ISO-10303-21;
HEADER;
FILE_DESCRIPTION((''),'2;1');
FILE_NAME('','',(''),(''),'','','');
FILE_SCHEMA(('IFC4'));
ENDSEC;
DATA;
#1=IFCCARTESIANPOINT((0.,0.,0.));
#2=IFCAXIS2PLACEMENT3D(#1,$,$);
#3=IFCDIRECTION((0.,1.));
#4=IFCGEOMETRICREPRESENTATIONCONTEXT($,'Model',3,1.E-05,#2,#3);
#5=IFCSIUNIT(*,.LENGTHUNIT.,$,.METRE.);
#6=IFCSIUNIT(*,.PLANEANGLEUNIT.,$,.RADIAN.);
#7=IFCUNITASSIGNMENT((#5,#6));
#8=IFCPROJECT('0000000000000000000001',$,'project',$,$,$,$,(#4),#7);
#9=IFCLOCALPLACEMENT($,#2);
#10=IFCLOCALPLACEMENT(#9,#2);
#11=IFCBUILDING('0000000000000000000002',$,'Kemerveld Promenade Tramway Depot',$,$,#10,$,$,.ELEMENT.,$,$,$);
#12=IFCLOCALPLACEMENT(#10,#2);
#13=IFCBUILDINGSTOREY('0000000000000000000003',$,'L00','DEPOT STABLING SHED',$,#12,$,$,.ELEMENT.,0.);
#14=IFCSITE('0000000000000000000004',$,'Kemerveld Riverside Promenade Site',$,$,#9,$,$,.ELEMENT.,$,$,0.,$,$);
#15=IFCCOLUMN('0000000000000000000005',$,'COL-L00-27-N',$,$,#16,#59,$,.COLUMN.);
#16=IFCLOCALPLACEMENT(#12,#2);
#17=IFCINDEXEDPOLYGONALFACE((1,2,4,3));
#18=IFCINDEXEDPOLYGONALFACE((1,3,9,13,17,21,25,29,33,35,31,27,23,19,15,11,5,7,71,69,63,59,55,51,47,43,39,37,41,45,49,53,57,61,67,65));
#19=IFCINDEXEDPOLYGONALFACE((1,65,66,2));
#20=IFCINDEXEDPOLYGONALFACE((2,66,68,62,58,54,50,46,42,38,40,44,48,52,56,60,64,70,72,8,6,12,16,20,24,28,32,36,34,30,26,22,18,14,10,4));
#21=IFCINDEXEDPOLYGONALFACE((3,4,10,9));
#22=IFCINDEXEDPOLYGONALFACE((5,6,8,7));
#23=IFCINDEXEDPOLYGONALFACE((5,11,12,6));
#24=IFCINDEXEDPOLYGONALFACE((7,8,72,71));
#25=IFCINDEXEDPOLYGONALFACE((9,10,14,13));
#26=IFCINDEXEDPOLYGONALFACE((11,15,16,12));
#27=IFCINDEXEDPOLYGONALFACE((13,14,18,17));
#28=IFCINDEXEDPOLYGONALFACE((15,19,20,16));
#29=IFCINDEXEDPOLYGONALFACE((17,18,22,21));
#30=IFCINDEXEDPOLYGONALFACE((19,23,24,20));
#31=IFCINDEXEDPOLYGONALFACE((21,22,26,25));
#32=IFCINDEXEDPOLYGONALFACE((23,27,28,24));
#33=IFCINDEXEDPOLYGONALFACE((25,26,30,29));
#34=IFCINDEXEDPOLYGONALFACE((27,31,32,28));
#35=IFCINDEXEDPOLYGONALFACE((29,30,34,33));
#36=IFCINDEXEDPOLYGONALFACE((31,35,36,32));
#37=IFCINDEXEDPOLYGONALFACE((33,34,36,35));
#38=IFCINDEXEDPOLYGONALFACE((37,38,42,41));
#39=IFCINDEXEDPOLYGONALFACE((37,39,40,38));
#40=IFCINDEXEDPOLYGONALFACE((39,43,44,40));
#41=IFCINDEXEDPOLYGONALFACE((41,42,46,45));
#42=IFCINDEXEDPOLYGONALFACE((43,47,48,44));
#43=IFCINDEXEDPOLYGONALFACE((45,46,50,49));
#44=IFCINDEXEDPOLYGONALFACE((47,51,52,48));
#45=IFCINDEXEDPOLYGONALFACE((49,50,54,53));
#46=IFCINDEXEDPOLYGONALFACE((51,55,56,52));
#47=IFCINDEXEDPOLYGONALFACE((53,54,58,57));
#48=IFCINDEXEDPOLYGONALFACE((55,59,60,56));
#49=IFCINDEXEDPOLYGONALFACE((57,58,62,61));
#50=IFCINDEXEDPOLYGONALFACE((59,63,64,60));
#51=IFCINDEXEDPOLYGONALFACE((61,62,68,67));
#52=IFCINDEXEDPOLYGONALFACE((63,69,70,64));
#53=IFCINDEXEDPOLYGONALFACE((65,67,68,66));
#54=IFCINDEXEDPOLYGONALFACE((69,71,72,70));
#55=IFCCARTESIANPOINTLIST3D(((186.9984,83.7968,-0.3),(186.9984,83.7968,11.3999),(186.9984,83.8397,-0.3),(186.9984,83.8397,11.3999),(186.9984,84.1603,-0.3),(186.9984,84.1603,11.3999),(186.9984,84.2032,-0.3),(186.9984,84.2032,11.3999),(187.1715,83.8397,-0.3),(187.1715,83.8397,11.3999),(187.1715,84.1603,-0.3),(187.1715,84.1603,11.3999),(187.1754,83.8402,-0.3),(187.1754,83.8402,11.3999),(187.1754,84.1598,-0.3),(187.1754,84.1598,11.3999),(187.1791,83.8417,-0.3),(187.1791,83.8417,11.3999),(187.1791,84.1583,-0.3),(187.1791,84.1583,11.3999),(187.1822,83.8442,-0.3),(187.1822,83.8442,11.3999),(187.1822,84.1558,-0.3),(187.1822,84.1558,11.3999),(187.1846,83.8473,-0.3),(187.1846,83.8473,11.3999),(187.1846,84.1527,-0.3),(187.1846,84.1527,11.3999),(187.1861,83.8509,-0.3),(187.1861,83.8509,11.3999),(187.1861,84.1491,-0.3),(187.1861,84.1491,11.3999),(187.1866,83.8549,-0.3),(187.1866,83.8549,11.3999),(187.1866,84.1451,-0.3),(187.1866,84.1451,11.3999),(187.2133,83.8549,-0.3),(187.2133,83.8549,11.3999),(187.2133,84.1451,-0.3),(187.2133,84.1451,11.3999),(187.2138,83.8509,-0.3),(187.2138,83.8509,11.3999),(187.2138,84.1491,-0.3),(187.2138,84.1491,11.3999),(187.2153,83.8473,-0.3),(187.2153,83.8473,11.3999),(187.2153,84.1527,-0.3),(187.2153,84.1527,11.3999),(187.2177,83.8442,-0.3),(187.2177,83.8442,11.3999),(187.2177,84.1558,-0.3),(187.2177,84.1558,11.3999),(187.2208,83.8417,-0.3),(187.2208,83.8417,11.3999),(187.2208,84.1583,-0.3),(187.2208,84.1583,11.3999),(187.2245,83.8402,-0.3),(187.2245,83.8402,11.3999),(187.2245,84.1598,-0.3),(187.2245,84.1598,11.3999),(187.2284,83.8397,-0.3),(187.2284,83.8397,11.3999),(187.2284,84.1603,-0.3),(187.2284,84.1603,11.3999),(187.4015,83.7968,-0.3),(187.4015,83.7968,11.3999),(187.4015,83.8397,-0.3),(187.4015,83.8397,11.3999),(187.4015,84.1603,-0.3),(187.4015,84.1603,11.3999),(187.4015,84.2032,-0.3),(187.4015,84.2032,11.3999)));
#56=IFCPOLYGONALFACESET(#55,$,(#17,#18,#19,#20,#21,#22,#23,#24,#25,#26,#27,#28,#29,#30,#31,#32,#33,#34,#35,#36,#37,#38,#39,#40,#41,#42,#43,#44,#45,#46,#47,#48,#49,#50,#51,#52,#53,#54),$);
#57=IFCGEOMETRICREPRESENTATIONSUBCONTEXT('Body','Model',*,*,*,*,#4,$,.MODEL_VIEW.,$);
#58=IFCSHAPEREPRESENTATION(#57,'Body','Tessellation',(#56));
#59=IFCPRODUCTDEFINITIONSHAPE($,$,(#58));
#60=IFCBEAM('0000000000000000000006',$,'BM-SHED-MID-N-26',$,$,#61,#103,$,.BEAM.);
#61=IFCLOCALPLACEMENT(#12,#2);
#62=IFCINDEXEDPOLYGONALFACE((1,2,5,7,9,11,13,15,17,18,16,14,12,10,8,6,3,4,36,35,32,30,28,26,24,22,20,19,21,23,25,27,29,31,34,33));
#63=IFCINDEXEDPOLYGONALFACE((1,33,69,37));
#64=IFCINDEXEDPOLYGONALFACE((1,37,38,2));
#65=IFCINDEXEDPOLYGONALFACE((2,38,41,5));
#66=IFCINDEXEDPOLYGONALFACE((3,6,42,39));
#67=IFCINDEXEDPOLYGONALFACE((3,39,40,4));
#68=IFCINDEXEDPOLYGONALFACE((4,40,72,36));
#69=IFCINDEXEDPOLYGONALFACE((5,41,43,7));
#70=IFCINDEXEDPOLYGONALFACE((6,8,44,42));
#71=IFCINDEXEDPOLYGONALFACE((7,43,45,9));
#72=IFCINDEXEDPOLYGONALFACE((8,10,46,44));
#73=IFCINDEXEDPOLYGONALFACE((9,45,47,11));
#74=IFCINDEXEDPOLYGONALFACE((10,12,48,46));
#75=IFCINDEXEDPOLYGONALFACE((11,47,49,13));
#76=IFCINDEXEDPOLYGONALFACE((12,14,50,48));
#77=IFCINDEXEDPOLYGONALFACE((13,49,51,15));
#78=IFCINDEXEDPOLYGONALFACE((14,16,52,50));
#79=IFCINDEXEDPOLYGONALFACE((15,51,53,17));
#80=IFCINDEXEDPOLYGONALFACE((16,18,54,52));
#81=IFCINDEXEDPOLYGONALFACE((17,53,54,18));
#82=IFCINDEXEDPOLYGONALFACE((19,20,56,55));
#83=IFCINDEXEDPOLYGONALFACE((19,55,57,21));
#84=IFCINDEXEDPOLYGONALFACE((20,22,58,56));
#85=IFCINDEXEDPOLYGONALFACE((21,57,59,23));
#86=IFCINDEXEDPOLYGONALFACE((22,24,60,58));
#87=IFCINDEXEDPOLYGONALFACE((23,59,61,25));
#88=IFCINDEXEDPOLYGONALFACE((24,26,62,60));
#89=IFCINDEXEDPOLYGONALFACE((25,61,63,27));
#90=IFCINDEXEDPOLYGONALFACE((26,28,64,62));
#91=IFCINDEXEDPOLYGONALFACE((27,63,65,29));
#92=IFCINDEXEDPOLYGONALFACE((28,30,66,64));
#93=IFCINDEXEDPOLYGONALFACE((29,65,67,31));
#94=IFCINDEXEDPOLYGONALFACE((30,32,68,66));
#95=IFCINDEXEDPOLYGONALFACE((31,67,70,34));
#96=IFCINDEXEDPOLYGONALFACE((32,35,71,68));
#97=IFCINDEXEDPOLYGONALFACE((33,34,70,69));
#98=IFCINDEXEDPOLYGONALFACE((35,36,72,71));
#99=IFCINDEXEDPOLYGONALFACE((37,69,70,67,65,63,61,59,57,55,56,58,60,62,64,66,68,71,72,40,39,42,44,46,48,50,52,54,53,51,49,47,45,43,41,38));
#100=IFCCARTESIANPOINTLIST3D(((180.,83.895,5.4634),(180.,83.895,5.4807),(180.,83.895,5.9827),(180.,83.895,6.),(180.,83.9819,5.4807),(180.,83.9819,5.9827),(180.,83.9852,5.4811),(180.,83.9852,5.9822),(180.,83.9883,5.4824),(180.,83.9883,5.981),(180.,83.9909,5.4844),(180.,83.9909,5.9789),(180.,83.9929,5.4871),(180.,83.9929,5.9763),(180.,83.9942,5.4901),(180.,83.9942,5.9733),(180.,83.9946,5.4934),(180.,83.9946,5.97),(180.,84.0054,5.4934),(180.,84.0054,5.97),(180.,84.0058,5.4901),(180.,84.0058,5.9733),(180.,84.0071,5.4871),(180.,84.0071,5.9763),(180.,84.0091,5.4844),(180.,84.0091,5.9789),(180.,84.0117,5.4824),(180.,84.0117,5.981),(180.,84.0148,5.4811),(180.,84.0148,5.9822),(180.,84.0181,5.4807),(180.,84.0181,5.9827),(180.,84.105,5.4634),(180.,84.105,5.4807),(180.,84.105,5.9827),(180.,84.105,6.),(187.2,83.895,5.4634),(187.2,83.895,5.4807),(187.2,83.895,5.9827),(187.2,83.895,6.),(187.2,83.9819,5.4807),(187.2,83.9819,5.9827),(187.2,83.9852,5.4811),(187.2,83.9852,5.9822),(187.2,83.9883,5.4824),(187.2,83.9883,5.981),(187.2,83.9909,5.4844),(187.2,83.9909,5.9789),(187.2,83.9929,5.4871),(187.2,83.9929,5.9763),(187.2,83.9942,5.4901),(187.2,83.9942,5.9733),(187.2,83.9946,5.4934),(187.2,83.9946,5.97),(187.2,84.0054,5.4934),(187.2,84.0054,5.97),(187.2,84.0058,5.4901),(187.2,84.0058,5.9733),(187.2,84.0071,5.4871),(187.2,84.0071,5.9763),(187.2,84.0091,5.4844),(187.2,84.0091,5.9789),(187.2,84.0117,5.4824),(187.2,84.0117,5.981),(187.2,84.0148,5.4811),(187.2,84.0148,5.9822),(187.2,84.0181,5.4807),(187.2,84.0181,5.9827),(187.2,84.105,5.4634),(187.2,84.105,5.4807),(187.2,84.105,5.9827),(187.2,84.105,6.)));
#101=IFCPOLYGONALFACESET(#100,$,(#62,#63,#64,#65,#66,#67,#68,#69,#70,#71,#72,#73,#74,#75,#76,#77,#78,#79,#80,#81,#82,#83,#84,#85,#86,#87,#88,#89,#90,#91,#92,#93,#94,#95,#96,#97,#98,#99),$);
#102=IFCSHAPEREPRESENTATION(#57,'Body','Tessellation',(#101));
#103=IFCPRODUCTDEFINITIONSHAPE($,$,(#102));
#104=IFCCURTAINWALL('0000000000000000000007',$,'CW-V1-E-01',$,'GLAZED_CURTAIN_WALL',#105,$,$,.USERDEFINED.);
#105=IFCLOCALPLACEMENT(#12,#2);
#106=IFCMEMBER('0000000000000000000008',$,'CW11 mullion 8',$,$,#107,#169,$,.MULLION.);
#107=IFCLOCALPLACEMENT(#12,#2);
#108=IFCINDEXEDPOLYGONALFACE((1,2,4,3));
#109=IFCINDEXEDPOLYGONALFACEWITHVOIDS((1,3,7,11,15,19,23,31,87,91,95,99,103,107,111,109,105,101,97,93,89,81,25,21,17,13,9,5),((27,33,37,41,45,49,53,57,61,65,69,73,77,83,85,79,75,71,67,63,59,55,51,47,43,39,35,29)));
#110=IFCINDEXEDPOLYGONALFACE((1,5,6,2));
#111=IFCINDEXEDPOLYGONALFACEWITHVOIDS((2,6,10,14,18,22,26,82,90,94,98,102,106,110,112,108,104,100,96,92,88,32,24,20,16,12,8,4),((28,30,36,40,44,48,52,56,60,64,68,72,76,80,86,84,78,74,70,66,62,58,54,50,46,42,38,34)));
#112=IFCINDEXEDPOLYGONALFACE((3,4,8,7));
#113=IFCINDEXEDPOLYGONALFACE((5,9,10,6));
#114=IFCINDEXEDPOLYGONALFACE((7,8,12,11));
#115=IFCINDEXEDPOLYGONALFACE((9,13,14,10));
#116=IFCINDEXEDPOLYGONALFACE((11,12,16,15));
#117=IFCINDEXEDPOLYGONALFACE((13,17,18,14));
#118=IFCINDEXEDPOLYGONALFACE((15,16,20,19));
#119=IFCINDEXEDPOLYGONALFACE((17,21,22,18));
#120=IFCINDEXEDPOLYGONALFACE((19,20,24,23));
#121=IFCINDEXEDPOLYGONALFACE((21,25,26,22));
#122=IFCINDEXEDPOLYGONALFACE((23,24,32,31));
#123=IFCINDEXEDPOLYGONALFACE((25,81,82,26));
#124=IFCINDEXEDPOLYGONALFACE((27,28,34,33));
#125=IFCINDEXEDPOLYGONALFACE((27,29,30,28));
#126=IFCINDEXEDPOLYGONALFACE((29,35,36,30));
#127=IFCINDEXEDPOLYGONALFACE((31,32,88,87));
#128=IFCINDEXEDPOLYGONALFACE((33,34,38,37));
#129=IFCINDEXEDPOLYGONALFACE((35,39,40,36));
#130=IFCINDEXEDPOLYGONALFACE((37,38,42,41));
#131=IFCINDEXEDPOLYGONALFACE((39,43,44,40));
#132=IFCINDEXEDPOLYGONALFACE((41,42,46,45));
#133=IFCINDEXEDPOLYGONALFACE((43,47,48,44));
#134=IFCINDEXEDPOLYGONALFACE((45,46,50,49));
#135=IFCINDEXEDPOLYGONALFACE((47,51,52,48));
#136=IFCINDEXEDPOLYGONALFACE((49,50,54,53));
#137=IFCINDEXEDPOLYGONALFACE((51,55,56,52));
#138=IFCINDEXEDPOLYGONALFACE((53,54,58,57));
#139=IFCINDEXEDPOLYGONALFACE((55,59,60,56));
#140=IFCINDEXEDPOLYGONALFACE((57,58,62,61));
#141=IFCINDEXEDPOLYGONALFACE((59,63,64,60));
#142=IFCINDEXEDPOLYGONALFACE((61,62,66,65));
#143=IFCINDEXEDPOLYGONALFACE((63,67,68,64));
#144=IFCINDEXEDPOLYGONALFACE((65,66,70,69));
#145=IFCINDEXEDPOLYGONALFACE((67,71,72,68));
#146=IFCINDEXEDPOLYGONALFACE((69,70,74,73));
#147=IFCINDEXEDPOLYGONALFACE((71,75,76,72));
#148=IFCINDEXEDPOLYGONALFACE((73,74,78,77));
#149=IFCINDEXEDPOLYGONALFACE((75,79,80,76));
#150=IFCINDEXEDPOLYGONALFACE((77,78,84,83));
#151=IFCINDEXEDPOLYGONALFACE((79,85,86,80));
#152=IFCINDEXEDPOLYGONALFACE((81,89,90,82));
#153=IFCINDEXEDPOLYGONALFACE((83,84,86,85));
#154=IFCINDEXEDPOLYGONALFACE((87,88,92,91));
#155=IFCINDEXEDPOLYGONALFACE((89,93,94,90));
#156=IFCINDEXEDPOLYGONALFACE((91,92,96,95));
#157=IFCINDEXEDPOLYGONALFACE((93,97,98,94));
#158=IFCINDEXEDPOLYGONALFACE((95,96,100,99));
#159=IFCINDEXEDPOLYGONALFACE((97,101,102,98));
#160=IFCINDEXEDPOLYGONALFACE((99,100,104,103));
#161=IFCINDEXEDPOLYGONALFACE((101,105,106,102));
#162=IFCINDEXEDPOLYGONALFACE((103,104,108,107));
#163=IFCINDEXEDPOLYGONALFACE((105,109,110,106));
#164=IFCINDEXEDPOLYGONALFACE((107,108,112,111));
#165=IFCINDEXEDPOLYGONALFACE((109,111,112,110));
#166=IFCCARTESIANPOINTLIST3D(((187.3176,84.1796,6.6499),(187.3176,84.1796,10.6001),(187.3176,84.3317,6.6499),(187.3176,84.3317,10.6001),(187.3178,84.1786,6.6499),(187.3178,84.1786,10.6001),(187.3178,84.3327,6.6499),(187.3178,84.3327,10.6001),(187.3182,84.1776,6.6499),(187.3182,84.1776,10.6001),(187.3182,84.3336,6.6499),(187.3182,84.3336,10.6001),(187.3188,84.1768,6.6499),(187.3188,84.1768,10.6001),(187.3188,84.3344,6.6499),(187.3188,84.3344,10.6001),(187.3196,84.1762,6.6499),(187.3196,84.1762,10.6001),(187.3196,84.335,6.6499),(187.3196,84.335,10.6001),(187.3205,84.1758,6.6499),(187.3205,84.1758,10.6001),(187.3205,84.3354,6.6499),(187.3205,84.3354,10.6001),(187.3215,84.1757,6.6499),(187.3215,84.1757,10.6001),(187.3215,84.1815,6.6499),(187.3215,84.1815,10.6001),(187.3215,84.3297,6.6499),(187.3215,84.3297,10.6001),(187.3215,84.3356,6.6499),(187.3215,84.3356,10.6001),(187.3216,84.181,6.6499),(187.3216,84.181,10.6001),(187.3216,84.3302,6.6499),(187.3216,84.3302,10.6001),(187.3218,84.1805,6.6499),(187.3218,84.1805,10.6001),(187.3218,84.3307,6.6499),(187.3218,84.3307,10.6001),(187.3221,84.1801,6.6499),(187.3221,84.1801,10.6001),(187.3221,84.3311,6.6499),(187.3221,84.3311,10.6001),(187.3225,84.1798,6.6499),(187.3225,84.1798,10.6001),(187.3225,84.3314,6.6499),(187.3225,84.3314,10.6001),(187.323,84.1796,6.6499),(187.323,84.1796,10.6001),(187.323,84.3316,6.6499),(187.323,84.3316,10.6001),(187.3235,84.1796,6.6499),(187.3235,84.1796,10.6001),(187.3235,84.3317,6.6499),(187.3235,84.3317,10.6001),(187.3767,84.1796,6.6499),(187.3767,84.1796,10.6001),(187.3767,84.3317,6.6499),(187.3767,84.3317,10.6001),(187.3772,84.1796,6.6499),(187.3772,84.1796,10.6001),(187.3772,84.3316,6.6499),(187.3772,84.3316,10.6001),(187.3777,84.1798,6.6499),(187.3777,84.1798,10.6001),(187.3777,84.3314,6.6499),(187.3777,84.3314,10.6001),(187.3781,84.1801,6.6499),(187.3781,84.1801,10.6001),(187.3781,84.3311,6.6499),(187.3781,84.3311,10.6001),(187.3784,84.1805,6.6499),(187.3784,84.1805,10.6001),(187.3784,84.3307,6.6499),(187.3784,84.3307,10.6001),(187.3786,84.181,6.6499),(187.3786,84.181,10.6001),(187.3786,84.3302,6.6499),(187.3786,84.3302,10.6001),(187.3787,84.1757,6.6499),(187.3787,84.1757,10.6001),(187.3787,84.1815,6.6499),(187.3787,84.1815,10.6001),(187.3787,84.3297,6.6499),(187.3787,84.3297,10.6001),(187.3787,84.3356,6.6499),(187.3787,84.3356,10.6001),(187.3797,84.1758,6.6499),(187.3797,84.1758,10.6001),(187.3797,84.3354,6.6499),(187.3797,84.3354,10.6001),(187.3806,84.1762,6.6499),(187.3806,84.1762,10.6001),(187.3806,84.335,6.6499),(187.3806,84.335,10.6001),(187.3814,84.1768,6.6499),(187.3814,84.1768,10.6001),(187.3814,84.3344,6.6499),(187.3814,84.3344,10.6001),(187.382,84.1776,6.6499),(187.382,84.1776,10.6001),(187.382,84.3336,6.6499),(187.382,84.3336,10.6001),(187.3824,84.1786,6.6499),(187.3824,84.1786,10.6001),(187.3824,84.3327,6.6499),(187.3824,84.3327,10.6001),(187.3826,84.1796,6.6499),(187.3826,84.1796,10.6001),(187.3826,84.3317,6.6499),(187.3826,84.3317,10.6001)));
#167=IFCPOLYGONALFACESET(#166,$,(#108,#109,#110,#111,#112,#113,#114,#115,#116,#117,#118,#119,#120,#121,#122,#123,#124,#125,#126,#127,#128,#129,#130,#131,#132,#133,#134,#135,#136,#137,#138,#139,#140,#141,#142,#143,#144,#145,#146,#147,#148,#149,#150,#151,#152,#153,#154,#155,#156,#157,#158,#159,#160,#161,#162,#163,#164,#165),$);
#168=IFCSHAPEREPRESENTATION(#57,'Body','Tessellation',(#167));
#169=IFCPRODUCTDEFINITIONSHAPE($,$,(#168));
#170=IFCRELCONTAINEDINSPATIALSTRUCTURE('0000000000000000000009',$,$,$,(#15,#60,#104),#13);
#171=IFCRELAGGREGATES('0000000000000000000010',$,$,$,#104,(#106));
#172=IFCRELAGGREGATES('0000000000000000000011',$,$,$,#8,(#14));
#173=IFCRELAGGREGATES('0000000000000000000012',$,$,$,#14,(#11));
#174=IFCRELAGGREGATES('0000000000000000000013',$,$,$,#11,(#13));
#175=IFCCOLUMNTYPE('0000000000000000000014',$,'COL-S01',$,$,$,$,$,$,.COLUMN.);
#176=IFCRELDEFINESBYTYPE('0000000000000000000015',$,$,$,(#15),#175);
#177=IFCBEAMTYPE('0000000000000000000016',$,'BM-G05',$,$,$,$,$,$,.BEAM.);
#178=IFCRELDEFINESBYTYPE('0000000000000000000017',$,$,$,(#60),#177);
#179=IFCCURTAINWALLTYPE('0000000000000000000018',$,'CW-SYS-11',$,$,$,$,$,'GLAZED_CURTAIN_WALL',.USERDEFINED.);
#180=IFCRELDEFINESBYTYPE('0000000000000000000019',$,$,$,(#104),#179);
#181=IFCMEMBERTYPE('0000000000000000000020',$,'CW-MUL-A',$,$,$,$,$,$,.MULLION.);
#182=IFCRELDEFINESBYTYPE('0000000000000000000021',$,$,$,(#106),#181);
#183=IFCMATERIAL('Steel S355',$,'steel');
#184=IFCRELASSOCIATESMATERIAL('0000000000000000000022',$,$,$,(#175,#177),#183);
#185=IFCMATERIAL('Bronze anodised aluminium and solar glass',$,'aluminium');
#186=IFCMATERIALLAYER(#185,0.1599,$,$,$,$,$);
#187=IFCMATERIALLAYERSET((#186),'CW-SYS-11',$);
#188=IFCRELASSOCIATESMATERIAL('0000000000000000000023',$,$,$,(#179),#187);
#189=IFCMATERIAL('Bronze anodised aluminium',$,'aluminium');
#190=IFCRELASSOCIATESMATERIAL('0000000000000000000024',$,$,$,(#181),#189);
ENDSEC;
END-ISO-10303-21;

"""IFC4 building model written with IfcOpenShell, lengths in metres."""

from ifc_helpers import new_model, si_unit, direction, frame, origin, origin_2d, place, context, subcontext, project, spatial, hollow_rectangle, i_section, extrude, material, layer, layer_set, material_profile, profile_set, type_object, element, aggregate, save


model = new_model("IFC4")

# Units and contexts
model_context = context("Model", 3, precision=1e-05, world=origin(), true_north=direction((0.0, 1.0)))
body_context = subcontext(model_context, "Body", "Model", "MODEL_VIEW")
ifc_project = project(units=[si_unit("LENGTHUNIT", "METRE"), si_unit("PLANEANGLEUNIT", "RADIAN")], contexts=[model_context])

# Site, building, storey
site_placement = place(None, origin())
site = spatial("IfcSite", under=ifc_project, at=site_placement, Name="Kemerveld Riverside Promenade Site", CompositionType="ELEMENT", RefElevation=0.0)
building_placement = place(site_placement, origin())
building = spatial("IfcBuilding", under=site, at=building_placement, Name="Kemerveld Promenade Tramway Depot", CompositionType="ELEMENT")
storey_placement = place(building_placement, origin())
storey = spatial("IfcBuildingStorey", under=building, at=storey_placement, Name="L00", Description="DEPOT STABLING SHED", CompositionType="ELEMENT", Elevation=0.0)

# Column
ifc_material_1 = material(Name="Steel S355", Category="steel")
ifc_material_profile_1 = material_profile(ifc_material_1, i_section(OverallWidth=0.4031, OverallDepth=0.4065, WebThickness=0.0266, FlangeThickness=0.043, FilletRadius=0.0151, at=origin_2d()), Name="356x406x340 UC")
ifc_profile_set_1 = profile_set([ifc_material_profile_1], Name="Steel S355")
column_type = type_object("IfcColumnType", Name="COL-S01", PredefinedType="COLUMN", material=ifc_profile_set_1)
for number, where, z_axis, x_axis, name in (
    (1, (187.2, 84.0, -0.3), (0.0, 0.0, 1.0), (1.0, 0.0, 0.0), "COL-L00-27-N"),
):
    element("IfcColumn", number, at=place(storey_placement, frame(where, z_axis=z_axis, x_axis=x_axis)), inside=storey, type_object=column_type, Name=name, PredefinedType="COLUMN", context=body_context, shape_type="SweptSolid", body=[
        extrude(i_section(OverallWidth=0.4031, OverallDepth=0.4065, WebThickness=0.0266, FlangeThickness=0.043, FilletRadius=0.0151, at=origin_2d()), origin(), (0.0, 0.0, 1.0), 11.7),
    ])

# Beam
ifc_material_profile_2 = material_profile(ifc_material_1, i_section(OverallWidth=0.21, OverallDepth=0.5366, WebThickness=0.0107, FlangeThickness=0.0173, FilletRadius=0.0127, at=origin_2d()), Name="533x210x101 UB")
ifc_profile_set_2 = profile_set([ifc_material_profile_2], Name="Steel S355")
beam_type = type_object("IfcBeamType", Name="BM-G05", PredefinedType="BEAM", material=ifc_profile_set_2)
beam_placement = place(storey_placement, frame((180.0, 84.0, 5.7317), z_axis=(1.0, 0.0, 0.0), x_axis=(0.0, 1.0, 0.0)))
element("IfcBeam", 2, at=beam_placement, inside=storey, type_object=beam_type, Name="BM-SHED-MID-N-26", PredefinedType="BEAM", context=body_context, shape_type="SweptSolid", body=[
    extrude(i_section(OverallWidth=0.21, OverallDepth=0.5366, WebThickness=0.0107, FlangeThickness=0.0173, FilletRadius=0.0127, at=origin_2d()), origin(), (0.0, 0.0, 1.0), 7.2),
])

# Curtain wall, member
ifc_material_2 = material(Name="Bronze anodised aluminium and solar glass", Category="aluminium")
ifc_layer_1 = layer(ifc_material_2, 0.1599)
ifc_layer_set_1 = layer_set([ifc_layer_1], Name="CW-SYS-11")
curtain_wall_type_1 = type_object("IfcCurtainWallType", Name="CW-SYS-11", ElementType="GLAZED_CURTAIN_WALL", PredefinedType="USERDEFINED", material=ifc_layer_set_1)
curtain_wall_1_placement = place(storey_placement, origin())
curtain_wall_1 = element("IfcCurtainWall", 3, at=curtain_wall_1_placement, inside=storey, type_object=curtain_wall_type_1, Name="CW-V1-E-01", ObjectType="GLAZED_CURTAIN_WALL", PredefinedType="USERDEFINED")
ifc_material_3 = material(Name="Bronze anodised aluminium", Category="aluminium")
ifc_material_profile_3 = material_profile(ifc_material_3, hollow_rectangle(XDim=0.0649, YDim=0.1599, WallThickness=0.0039, InnerFilletRadius=0.002, OuterFilletRadius=0.0039, at=origin_2d()), Name="CW-MUL-160x65")
ifc_profile_set_3 = profile_set([ifc_material_profile_3], Name="Bronze anodised aluminium")
member_type_1 = type_object("IfcMemberType", Name="CW-MUL-A", PredefinedType="MULLION", material=ifc_profile_set_3)
member_1_placement = place(storey_placement, frame((187.3501, 84.2556, 6.6499), z_axis=(0.0, 0.0, 1.0), x_axis=(1.0, 0.0, 0.0)))
member_1 = element("IfcMember", 4, at=member_1_placement, type_object=member_type_1, Name="CW11 mullion 8", PredefinedType="MULLION", context=body_context, shape_type="SweptSolid", body=[
    extrude(hollow_rectangle(XDim=0.0649, YDim=0.1599, WallThickness=0.0039, InnerFilletRadius=0.002, OuterFilletRadius=0.0039, at=origin_2d()), origin(), (0.0, 0.0, 1.0), 3.9502),
])

aggregate(curtain_wall_1, [member_1])

save(model, "model.ifc")
